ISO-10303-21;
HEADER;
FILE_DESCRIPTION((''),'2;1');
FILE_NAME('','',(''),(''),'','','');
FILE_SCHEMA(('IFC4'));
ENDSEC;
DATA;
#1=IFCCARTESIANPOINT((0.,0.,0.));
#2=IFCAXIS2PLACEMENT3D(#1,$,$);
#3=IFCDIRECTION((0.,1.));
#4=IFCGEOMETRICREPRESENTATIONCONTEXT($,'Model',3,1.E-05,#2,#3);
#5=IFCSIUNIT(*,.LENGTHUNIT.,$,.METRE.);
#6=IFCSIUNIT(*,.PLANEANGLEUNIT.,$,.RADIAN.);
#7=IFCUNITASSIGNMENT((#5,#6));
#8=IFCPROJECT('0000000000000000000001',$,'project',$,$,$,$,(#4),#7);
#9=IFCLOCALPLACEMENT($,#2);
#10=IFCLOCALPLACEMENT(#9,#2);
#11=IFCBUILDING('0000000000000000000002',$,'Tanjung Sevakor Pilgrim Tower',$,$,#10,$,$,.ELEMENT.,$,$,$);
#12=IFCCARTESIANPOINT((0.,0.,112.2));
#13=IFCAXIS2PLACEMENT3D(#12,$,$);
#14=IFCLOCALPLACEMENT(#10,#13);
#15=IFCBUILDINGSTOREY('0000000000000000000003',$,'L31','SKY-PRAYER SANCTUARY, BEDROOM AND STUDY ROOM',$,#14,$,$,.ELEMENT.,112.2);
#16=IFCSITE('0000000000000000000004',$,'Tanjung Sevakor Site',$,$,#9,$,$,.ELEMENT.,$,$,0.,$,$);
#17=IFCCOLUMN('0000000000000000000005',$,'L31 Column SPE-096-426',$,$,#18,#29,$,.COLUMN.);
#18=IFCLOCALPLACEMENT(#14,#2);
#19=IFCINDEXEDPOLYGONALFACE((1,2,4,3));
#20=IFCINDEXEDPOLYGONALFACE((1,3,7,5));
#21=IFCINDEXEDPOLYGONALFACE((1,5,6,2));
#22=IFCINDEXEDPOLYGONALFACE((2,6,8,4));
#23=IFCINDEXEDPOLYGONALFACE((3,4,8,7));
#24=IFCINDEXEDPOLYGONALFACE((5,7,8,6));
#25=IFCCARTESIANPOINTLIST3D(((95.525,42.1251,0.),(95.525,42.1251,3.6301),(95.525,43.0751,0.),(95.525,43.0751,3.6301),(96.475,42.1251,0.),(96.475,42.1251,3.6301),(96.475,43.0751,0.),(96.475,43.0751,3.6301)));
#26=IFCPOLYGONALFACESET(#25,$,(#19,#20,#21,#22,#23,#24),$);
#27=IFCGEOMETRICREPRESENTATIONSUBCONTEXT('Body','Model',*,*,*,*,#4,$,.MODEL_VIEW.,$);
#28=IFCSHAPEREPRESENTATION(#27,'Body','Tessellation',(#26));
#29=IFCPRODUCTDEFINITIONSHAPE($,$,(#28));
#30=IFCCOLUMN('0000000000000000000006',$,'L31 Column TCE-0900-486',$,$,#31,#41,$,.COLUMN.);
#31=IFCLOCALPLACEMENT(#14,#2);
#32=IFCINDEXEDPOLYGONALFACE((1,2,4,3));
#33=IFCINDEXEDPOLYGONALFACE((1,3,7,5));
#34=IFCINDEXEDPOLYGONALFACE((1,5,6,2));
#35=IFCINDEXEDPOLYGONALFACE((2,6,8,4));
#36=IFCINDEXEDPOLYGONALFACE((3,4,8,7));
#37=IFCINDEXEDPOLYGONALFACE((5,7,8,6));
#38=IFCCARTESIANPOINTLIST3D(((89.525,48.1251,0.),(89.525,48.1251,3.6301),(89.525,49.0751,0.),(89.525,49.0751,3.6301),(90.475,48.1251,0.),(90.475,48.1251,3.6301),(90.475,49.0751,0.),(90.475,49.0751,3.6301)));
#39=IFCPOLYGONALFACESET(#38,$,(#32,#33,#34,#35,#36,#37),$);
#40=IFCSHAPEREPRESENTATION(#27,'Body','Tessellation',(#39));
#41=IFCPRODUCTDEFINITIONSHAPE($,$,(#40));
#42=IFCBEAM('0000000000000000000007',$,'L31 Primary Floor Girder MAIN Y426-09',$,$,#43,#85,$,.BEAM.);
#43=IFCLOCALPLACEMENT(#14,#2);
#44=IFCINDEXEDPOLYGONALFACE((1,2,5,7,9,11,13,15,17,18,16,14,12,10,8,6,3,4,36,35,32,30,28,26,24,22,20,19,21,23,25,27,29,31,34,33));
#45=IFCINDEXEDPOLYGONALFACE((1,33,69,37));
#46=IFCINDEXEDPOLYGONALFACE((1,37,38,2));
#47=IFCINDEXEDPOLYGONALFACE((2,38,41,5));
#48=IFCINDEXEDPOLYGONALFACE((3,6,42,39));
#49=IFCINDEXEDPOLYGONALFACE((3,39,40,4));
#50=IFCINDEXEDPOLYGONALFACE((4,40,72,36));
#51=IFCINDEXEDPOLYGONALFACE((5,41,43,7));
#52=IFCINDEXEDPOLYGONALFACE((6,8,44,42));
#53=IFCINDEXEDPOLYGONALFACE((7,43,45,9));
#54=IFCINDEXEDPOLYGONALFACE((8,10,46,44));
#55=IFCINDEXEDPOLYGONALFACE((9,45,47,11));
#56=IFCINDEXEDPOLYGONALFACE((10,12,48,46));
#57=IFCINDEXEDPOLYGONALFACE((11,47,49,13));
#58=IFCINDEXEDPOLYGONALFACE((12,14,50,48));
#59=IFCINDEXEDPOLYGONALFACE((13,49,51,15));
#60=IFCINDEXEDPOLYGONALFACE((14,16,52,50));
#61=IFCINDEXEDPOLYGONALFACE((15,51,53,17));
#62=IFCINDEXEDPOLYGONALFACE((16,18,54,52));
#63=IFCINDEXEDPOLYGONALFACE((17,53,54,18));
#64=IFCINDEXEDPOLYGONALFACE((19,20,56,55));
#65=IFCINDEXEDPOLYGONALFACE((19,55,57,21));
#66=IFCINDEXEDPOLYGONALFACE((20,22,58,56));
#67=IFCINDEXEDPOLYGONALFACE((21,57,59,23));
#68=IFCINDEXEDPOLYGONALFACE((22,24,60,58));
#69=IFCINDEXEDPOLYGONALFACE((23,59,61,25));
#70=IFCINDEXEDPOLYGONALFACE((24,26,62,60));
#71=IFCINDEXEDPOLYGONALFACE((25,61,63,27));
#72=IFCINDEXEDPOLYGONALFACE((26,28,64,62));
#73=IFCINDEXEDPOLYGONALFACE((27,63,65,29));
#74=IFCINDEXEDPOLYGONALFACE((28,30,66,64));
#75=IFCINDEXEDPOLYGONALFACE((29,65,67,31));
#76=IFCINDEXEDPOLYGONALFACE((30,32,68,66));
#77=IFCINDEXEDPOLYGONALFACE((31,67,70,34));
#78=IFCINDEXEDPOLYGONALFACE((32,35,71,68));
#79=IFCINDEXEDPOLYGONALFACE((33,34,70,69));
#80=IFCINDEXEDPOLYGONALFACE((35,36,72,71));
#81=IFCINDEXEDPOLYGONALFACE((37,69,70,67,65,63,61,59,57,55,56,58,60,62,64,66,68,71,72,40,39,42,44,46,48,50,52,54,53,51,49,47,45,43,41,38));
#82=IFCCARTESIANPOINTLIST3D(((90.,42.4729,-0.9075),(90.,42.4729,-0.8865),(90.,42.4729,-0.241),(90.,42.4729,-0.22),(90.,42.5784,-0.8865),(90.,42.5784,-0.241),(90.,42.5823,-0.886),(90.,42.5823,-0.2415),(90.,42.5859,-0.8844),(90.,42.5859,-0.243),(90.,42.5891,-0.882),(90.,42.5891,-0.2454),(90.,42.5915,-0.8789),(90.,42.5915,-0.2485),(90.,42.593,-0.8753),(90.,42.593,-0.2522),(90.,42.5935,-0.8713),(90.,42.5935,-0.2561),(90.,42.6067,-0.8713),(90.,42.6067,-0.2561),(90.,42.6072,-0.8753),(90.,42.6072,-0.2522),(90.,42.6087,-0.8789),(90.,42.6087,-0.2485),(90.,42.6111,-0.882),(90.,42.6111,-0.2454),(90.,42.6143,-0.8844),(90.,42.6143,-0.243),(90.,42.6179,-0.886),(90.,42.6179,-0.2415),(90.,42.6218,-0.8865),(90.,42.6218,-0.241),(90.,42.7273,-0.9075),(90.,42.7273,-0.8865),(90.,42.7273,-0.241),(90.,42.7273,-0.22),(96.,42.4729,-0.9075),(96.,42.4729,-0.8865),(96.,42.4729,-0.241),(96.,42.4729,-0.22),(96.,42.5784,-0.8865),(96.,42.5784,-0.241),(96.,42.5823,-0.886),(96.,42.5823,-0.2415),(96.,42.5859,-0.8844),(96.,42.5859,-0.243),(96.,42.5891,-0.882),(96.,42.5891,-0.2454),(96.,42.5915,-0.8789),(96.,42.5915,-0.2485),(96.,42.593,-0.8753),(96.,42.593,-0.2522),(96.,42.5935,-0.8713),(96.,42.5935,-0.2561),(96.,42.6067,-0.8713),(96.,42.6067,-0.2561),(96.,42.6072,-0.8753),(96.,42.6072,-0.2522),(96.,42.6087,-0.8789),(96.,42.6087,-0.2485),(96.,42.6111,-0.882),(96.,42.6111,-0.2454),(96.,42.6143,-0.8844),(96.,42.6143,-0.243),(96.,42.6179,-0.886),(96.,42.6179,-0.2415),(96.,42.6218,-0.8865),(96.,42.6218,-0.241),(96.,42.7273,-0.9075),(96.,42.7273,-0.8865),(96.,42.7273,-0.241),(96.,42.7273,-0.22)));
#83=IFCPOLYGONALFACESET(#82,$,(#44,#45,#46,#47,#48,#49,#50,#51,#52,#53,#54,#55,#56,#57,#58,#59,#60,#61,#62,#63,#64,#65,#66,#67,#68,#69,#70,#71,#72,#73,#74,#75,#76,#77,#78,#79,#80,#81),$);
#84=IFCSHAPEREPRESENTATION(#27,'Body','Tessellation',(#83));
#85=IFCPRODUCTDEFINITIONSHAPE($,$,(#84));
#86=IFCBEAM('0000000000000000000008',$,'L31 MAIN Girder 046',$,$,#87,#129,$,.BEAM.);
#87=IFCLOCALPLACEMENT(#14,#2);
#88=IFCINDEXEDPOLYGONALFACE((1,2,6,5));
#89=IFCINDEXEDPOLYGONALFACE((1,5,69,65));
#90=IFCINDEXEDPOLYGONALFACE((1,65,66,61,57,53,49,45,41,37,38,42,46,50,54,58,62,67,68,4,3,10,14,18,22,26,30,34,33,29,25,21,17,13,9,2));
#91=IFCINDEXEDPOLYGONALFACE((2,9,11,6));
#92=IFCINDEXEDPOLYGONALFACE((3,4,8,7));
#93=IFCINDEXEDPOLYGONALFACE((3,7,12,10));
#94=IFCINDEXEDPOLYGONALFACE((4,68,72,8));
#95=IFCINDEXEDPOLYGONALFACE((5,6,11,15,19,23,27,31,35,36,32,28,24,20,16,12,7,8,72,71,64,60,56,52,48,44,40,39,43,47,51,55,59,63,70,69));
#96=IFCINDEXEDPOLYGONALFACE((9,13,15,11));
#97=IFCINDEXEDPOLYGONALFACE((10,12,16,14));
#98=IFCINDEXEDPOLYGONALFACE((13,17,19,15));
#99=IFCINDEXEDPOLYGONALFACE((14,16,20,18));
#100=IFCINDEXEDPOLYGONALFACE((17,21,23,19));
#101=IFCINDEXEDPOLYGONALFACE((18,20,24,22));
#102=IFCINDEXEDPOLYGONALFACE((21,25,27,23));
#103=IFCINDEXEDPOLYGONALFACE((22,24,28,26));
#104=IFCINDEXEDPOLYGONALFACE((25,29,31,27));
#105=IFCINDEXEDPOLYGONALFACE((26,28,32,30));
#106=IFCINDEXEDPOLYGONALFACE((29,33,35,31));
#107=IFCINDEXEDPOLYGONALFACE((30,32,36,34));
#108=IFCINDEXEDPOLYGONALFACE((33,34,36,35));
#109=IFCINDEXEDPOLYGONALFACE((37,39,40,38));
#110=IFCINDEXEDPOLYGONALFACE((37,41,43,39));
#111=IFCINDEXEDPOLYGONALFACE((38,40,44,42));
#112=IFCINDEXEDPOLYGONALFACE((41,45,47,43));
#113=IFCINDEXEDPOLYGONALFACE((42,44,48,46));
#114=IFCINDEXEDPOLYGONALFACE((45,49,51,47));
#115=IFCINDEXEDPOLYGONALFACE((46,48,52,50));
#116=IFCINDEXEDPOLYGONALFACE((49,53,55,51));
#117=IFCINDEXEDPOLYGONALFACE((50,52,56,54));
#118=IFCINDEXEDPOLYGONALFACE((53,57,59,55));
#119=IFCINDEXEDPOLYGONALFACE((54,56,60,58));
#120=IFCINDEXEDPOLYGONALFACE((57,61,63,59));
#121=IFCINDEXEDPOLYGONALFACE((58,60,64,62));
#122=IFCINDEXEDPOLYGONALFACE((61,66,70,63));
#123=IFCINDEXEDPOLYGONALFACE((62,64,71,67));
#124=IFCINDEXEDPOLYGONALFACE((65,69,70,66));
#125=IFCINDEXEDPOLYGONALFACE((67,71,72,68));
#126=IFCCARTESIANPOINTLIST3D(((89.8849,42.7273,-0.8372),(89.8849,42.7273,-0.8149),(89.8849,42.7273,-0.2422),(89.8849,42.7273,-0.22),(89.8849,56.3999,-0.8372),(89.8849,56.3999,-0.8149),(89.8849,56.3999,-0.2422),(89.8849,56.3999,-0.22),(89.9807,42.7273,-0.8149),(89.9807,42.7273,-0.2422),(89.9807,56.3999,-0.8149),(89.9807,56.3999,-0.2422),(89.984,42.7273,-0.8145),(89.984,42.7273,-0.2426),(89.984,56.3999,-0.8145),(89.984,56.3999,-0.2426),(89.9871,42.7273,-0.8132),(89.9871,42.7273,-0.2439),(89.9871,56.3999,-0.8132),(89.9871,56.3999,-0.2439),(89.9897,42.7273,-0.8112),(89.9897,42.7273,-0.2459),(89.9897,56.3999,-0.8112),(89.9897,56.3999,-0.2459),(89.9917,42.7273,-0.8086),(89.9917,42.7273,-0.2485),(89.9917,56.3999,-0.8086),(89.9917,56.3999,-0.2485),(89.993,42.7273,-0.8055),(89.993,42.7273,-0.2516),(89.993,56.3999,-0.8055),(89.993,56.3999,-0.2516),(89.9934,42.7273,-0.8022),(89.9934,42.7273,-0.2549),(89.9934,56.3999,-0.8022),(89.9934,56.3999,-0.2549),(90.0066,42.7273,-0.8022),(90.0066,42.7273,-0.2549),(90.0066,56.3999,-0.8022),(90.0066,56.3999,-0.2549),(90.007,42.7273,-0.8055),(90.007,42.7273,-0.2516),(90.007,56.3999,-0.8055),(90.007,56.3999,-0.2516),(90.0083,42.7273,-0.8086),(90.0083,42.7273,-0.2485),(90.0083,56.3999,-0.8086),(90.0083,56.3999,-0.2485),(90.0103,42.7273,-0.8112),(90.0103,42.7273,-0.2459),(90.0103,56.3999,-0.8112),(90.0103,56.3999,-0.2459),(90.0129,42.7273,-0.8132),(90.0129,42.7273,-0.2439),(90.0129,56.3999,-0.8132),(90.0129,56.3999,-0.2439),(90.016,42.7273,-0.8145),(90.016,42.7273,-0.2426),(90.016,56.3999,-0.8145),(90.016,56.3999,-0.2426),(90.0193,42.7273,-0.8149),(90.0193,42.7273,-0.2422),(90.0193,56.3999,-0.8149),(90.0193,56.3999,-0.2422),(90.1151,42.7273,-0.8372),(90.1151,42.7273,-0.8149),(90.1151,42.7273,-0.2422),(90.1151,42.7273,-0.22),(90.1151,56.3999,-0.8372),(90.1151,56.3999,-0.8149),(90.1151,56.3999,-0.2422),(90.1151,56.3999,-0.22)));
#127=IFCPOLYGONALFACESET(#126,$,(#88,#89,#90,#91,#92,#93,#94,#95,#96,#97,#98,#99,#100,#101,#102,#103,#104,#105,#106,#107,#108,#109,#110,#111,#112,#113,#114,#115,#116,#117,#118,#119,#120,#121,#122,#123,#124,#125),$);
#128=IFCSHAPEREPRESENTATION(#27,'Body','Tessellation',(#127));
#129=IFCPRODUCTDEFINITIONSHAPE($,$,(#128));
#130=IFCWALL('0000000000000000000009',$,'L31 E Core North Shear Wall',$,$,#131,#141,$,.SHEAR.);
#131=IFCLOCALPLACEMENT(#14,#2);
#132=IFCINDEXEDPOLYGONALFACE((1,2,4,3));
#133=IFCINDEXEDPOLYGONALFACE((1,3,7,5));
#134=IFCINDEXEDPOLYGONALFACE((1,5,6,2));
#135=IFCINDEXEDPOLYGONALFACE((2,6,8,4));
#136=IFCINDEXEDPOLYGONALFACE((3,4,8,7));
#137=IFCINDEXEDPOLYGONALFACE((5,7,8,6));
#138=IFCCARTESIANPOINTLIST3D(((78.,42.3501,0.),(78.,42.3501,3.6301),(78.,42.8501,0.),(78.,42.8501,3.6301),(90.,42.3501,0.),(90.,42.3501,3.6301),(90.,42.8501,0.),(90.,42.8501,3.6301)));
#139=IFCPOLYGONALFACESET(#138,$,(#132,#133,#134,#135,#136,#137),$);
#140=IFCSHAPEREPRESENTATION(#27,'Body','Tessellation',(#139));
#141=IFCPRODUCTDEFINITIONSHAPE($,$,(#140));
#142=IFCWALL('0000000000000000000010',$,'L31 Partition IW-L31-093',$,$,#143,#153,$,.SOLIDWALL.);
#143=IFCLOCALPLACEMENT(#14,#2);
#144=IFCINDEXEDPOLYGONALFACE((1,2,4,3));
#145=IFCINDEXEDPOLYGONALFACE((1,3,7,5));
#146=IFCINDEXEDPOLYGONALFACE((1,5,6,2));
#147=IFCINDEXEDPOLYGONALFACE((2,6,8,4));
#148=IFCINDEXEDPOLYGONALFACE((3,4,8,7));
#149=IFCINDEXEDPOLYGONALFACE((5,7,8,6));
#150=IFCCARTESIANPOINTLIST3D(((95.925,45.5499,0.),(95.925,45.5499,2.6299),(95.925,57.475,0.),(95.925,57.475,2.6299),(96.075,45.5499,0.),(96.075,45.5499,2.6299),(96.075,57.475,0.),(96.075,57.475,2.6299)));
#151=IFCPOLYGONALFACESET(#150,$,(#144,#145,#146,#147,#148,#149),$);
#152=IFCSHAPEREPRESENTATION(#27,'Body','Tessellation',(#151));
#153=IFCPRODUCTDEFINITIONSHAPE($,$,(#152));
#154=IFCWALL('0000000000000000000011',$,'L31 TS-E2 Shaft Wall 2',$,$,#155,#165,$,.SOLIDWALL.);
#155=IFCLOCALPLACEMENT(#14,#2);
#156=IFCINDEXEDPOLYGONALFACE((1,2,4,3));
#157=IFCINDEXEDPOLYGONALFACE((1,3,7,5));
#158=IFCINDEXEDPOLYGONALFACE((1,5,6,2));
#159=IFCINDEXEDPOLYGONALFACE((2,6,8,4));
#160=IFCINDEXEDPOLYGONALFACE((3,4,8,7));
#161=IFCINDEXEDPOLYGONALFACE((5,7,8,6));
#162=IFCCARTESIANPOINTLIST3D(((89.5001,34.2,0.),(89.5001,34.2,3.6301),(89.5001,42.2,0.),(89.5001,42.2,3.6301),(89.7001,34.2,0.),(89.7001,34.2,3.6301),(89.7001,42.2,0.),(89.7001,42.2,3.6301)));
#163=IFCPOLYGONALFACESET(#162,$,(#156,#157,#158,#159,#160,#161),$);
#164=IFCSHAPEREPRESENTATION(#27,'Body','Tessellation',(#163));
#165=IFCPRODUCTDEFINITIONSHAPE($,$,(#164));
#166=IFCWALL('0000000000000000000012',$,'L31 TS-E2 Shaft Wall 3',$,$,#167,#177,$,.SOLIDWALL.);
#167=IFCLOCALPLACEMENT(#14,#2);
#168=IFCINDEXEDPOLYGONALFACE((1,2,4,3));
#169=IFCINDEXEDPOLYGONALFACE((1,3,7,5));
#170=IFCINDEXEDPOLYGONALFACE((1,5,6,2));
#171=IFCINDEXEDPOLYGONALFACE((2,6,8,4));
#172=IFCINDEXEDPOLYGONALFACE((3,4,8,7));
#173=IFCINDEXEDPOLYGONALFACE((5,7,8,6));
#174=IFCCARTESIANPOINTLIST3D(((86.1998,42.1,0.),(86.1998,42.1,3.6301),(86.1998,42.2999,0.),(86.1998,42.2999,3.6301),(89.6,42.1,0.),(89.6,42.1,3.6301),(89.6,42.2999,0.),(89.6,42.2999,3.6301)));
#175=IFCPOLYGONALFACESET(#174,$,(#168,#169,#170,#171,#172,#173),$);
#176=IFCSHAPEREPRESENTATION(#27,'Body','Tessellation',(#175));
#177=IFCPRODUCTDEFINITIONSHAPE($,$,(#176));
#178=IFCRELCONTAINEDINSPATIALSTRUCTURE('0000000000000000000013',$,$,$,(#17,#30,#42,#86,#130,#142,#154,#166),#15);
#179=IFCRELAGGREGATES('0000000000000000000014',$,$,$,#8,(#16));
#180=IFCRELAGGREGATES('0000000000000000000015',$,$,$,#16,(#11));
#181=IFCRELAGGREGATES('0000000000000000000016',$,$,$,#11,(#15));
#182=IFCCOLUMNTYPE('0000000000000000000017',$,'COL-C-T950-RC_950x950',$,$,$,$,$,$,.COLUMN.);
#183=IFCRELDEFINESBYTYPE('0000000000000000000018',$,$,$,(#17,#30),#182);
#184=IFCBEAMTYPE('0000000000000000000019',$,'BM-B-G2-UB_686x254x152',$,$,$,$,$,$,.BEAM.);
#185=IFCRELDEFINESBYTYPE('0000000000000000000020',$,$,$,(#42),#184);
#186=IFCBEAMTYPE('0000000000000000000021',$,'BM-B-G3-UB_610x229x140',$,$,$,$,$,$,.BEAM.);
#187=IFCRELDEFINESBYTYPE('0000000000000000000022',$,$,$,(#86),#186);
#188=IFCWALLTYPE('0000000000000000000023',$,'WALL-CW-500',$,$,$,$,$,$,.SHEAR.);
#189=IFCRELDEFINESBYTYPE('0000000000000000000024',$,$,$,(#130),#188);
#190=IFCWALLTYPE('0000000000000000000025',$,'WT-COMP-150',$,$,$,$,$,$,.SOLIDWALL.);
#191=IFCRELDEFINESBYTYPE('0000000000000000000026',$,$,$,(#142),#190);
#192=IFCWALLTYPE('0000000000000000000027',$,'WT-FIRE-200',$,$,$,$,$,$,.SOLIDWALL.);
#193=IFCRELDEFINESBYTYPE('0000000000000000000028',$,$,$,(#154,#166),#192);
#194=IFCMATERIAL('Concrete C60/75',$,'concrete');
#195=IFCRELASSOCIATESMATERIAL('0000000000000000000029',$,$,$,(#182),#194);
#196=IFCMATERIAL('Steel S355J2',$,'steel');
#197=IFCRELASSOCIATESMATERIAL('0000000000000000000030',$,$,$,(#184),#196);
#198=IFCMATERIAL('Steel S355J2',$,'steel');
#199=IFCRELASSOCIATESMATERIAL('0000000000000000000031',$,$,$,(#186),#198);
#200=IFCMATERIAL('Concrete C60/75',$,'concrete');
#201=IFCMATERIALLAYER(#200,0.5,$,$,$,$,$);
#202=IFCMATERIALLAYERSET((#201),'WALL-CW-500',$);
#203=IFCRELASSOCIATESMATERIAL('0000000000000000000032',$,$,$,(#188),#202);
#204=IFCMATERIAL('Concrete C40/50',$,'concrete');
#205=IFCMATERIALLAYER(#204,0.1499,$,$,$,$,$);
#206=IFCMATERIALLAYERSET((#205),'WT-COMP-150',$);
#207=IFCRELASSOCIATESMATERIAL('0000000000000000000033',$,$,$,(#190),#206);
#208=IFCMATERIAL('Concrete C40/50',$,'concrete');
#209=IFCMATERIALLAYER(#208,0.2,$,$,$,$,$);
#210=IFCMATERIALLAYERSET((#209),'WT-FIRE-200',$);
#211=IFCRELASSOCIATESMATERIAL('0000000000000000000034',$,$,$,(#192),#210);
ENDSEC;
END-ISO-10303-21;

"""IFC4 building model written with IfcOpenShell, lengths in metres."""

from ifc_helpers import new_model, si_unit, direction, frame, frame_2d, origin, origin_2d, place, context, subcontext, project, spatial, rectangle, i_section, extrude, material, layer, layer_set, material_profile, profile_set, type_object, element, save


model = new_model("IFC4")

# Units and contexts
model_context = context("Model", 3, precision=1e-05, world=origin(), true_north=direction((0.0, 1.0)))
body_context = subcontext(model_context, "Body", "Model", "MODEL_VIEW")
ifc_project = project(units=[si_unit("LENGTHUNIT", "METRE"), si_unit("PLANEANGLEUNIT", "RADIAN")], contexts=[model_context])

# Site, building, storey
site_placement = place(None, origin())
site = spatial("IfcSite", under=ifc_project, at=site_placement, Name="Tanjung Sevakor Site", CompositionType="ELEMENT", RefElevation=0.0)
building_placement = place(site_placement, origin())
building = spatial("IfcBuilding", under=site, at=building_placement, Name="Tanjung Sevakor Pilgrim Tower", CompositionType="ELEMENT")
storey_placement = place(building_placement, frame((0.0, 0.0, 112.2)))
storey = spatial("IfcBuildingStorey", under=building, at=storey_placement, Name="L31", Description="SKY-PRAYER SANCTUARY, BEDROOM AND STUDY ROOM", CompositionType="ELEMENT", Elevation=112.2)

# Columns
ifc_material_1 = material(Name="Concrete C60/75", Category="concrete")
ifc_material_profile_1 = material_profile(ifc_material_1, rectangle(XDim=0.95, YDim=0.95, at=origin_2d()))
ifc_profile_set_1 = profile_set([ifc_material_profile_1], Name="Concrete C60/75")
column_type = type_object("IfcColumnType", Name="COL-C-T950-RC_950x950", PredefinedType="COLUMN", material=ifc_profile_set_1)
for number, where, z_axis, x_axis, name in (
    (1, (96.0, 42.6001, 0.0), (0.0, 0.0, 1.0), (1.0, 0.0, 0.0), "L31 Column SPE-096-426"),
    (2, (90.0, 48.6001, 0.0), (0.0, 0.0, 1.0), (1.0, 0.0, 0.0), "L31 Column TCE-0900-486"),
):
    element("IfcColumn", number, at=place(storey_placement, frame(where, z_axis=z_axis, x_axis=x_axis)), inside=storey, type_object=column_type, Name=name, PredefinedType="COLUMN", context=body_context, shape_type="SweptSolid", body=[
        extrude(rectangle(XDim=0.95, YDim=0.95, at=origin_2d()), origin(), (0.0, 0.0, 1.0), 3.6301),
    ])

# Beams
ifc_material_2 = material(Name="Steel S355J2", Category="steel")
ifc_material_profile_2 = material_profile(ifc_material_2, i_section(OverallWidth=0.2544, OverallDepth=0.6875, WebThickness=0.0132, FlangeThickness=0.021, FilletRadius=0.0151, at=origin_2d()))
ifc_profile_set_2 = profile_set([ifc_material_profile_2], Name="Steel S355J2")
beam_type_1 = type_object("IfcBeamType", Name="BM-B-G2-UB_686x254x152", PredefinedType="BEAM", material=ifc_profile_set_2)
beam_1_placement = place(storey_placement, frame((90.0, 42.6001, -0.5637), z_axis=(1.0, 0.0, 0.0), x_axis=(0.0, 1.0, 0.0)))
element("IfcBeam", 3, at=beam_1_placement, inside=storey, type_object=beam_type_1, Name="L31 Primary Floor Girder MAIN Y426-09", PredefinedType="BEAM", context=body_context, shape_type="SweptSolid", body=[
    extrude(i_section(OverallWidth=0.2544, OverallDepth=0.6875, WebThickness=0.0132, FlangeThickness=0.021, FilletRadius=0.0151, at=origin_2d()), origin(), (0.0, 0.0, 1.0), 6.0),
])
ifc_material_3 = material(Name="Steel S355J2", Category="steel")
ifc_material_profile_3 = material_profile(ifc_material_3, i_section(OverallWidth=0.2302, OverallDepth=0.6172, WebThickness=0.0132, FlangeThickness=0.0222, FilletRadius=0.0127, at=origin_2d()))
ifc_profile_set_3 = profile_set([ifc_material_profile_3], Name="Steel S355J2")
beam_type_2 = type_object("IfcBeamType", Name="BM-B-G3-UB_610x229x140", PredefinedType="BEAM", material=ifc_profile_set_3)
beam_2_placement = place(storey_placement, frame((90.0, 42.7273, -0.5286), z_axis=(0.0, 1.0, 0.0), x_axis=(-1.0, 0.0, 0.0)))
element("IfcBeam", 4, at=beam_2_placement, inside=storey, type_object=beam_type_2, Name="L31 MAIN Girder 046", PredefinedType="BEAM", context=body_context, shape_type="SweptSolid", body=[
    extrude(i_section(OverallWidth=0.2302, OverallDepth=0.6172, WebThickness=0.0132, FlangeThickness=0.0222, FilletRadius=0.0127, at=origin_2d()), origin(), (0.0, 0.0, 1.0), 13.6726),
])

# Walls
ifc_material_4 = material(Name="Concrete C60/75", Category="concrete")
ifc_layer_1 = layer(ifc_material_4, 0.5)
ifc_layer_set_1 = layer_set([ifc_layer_1], Name="WALL-CW-500")
wall_type_1 = type_object("IfcWallType", Name="WALL-CW-500", PredefinedType="SHEAR", material=ifc_layer_set_1)
wall_1_placement = place(storey_placement, frame((90.0, 42.6001, 0.0), z_axis=(0.0, 0.0, 1.0), x_axis=(-1.0, 0.0, 0.0)))
element("IfcWall", 5, at=wall_1_placement, inside=storey, type_object=wall_type_1, Name="L31 E Core North Shear Wall", PredefinedType="SHEAR", context=body_context, shape_type="SweptSolid", body=[
    extrude(rectangle(XDim=12.0, YDim=0.5, at=frame_2d((6.0, 0.0))), origin(), (0.0, 0.0, 1.0), 3.6301),
])
ifc_material_5 = material(Name="Concrete C40/50", Category="concrete")
ifc_layer_2 = layer(ifc_material_5, 0.1499)
ifc_layer_set_2 = layer_set([ifc_layer_2], Name="WT-COMP-150")
wall_type_2 = type_object("IfcWallType", Name="WT-COMP-150", PredefinedType="SOLIDWALL", material=ifc_layer_set_2)
wall_2_placement = place(storey_placement, frame((96.0, 45.55, 0.0), z_axis=(0.0, 0.0, 1.0), x_axis=(0.0, 1.0, 0.0)))
element("IfcWall", 6, at=wall_2_placement, inside=storey, type_object=wall_type_2, Name="L31 Partition IW-L31-093", PredefinedType="SOLIDWALL", context=body_context, shape_type="SweptSolid", body=[
    extrude(rectangle(XDim=11.925, YDim=0.1499, at=frame_2d((5.9624, 0.0))), origin(), (0.0, 0.0, 1.0), 2.6299),
])
ifc_material_6 = material(Name="Concrete C40/50", Category="concrete")
ifc_layer_3 = layer(ifc_material_6, 0.2)
ifc_layer_set_3 = layer_set([ifc_layer_3], Name="WT-FIRE-200")
wall_type_3 = type_object("IfcWallType", Name="WT-FIRE-200", PredefinedType="SOLIDWALL", material=ifc_layer_set_3)
wall_3_placement = place(storey_placement, frame((89.6001, 34.2, 0.0), z_axis=(0.0, 0.0, 1.0), x_axis=(0.0, 1.0, 0.0)))
element("IfcWall", 7, at=wall_3_placement, inside=storey, type_object=wall_type_3, Name="L31 TS-E2 Shaft Wall 2", PredefinedType="SOLIDWALL", context=body_context, shape_type="SweptSolid", body=[
    extrude(rectangle(XDim=8.0, YDim=0.2, at=frame_2d((4.0, 0.0))), origin(), (0.0, 0.0, 1.0), 3.6301),
])
wall_4_placement = place(storey_placement, frame((89.6001, 42.2, 0.0), z_axis=(0.0, 0.0, 1.0), x_axis=(-1.0, 0.0, 0.0)))
element("IfcWall", 8, at=wall_4_placement, inside=storey, type_object=wall_type_3, Name="L31 TS-E2 Shaft Wall 3", PredefinedType="SOLIDWALL", context=body_context, shape_type="SweptSolid", body=[
    extrude(rectangle(XDim=3.4001, YDim=0.2, at=frame_2d((1.7002, 0.0))), origin(), (0.0, 0.0, 1.0), 3.6301),
])

save(model, "model.ifc")
